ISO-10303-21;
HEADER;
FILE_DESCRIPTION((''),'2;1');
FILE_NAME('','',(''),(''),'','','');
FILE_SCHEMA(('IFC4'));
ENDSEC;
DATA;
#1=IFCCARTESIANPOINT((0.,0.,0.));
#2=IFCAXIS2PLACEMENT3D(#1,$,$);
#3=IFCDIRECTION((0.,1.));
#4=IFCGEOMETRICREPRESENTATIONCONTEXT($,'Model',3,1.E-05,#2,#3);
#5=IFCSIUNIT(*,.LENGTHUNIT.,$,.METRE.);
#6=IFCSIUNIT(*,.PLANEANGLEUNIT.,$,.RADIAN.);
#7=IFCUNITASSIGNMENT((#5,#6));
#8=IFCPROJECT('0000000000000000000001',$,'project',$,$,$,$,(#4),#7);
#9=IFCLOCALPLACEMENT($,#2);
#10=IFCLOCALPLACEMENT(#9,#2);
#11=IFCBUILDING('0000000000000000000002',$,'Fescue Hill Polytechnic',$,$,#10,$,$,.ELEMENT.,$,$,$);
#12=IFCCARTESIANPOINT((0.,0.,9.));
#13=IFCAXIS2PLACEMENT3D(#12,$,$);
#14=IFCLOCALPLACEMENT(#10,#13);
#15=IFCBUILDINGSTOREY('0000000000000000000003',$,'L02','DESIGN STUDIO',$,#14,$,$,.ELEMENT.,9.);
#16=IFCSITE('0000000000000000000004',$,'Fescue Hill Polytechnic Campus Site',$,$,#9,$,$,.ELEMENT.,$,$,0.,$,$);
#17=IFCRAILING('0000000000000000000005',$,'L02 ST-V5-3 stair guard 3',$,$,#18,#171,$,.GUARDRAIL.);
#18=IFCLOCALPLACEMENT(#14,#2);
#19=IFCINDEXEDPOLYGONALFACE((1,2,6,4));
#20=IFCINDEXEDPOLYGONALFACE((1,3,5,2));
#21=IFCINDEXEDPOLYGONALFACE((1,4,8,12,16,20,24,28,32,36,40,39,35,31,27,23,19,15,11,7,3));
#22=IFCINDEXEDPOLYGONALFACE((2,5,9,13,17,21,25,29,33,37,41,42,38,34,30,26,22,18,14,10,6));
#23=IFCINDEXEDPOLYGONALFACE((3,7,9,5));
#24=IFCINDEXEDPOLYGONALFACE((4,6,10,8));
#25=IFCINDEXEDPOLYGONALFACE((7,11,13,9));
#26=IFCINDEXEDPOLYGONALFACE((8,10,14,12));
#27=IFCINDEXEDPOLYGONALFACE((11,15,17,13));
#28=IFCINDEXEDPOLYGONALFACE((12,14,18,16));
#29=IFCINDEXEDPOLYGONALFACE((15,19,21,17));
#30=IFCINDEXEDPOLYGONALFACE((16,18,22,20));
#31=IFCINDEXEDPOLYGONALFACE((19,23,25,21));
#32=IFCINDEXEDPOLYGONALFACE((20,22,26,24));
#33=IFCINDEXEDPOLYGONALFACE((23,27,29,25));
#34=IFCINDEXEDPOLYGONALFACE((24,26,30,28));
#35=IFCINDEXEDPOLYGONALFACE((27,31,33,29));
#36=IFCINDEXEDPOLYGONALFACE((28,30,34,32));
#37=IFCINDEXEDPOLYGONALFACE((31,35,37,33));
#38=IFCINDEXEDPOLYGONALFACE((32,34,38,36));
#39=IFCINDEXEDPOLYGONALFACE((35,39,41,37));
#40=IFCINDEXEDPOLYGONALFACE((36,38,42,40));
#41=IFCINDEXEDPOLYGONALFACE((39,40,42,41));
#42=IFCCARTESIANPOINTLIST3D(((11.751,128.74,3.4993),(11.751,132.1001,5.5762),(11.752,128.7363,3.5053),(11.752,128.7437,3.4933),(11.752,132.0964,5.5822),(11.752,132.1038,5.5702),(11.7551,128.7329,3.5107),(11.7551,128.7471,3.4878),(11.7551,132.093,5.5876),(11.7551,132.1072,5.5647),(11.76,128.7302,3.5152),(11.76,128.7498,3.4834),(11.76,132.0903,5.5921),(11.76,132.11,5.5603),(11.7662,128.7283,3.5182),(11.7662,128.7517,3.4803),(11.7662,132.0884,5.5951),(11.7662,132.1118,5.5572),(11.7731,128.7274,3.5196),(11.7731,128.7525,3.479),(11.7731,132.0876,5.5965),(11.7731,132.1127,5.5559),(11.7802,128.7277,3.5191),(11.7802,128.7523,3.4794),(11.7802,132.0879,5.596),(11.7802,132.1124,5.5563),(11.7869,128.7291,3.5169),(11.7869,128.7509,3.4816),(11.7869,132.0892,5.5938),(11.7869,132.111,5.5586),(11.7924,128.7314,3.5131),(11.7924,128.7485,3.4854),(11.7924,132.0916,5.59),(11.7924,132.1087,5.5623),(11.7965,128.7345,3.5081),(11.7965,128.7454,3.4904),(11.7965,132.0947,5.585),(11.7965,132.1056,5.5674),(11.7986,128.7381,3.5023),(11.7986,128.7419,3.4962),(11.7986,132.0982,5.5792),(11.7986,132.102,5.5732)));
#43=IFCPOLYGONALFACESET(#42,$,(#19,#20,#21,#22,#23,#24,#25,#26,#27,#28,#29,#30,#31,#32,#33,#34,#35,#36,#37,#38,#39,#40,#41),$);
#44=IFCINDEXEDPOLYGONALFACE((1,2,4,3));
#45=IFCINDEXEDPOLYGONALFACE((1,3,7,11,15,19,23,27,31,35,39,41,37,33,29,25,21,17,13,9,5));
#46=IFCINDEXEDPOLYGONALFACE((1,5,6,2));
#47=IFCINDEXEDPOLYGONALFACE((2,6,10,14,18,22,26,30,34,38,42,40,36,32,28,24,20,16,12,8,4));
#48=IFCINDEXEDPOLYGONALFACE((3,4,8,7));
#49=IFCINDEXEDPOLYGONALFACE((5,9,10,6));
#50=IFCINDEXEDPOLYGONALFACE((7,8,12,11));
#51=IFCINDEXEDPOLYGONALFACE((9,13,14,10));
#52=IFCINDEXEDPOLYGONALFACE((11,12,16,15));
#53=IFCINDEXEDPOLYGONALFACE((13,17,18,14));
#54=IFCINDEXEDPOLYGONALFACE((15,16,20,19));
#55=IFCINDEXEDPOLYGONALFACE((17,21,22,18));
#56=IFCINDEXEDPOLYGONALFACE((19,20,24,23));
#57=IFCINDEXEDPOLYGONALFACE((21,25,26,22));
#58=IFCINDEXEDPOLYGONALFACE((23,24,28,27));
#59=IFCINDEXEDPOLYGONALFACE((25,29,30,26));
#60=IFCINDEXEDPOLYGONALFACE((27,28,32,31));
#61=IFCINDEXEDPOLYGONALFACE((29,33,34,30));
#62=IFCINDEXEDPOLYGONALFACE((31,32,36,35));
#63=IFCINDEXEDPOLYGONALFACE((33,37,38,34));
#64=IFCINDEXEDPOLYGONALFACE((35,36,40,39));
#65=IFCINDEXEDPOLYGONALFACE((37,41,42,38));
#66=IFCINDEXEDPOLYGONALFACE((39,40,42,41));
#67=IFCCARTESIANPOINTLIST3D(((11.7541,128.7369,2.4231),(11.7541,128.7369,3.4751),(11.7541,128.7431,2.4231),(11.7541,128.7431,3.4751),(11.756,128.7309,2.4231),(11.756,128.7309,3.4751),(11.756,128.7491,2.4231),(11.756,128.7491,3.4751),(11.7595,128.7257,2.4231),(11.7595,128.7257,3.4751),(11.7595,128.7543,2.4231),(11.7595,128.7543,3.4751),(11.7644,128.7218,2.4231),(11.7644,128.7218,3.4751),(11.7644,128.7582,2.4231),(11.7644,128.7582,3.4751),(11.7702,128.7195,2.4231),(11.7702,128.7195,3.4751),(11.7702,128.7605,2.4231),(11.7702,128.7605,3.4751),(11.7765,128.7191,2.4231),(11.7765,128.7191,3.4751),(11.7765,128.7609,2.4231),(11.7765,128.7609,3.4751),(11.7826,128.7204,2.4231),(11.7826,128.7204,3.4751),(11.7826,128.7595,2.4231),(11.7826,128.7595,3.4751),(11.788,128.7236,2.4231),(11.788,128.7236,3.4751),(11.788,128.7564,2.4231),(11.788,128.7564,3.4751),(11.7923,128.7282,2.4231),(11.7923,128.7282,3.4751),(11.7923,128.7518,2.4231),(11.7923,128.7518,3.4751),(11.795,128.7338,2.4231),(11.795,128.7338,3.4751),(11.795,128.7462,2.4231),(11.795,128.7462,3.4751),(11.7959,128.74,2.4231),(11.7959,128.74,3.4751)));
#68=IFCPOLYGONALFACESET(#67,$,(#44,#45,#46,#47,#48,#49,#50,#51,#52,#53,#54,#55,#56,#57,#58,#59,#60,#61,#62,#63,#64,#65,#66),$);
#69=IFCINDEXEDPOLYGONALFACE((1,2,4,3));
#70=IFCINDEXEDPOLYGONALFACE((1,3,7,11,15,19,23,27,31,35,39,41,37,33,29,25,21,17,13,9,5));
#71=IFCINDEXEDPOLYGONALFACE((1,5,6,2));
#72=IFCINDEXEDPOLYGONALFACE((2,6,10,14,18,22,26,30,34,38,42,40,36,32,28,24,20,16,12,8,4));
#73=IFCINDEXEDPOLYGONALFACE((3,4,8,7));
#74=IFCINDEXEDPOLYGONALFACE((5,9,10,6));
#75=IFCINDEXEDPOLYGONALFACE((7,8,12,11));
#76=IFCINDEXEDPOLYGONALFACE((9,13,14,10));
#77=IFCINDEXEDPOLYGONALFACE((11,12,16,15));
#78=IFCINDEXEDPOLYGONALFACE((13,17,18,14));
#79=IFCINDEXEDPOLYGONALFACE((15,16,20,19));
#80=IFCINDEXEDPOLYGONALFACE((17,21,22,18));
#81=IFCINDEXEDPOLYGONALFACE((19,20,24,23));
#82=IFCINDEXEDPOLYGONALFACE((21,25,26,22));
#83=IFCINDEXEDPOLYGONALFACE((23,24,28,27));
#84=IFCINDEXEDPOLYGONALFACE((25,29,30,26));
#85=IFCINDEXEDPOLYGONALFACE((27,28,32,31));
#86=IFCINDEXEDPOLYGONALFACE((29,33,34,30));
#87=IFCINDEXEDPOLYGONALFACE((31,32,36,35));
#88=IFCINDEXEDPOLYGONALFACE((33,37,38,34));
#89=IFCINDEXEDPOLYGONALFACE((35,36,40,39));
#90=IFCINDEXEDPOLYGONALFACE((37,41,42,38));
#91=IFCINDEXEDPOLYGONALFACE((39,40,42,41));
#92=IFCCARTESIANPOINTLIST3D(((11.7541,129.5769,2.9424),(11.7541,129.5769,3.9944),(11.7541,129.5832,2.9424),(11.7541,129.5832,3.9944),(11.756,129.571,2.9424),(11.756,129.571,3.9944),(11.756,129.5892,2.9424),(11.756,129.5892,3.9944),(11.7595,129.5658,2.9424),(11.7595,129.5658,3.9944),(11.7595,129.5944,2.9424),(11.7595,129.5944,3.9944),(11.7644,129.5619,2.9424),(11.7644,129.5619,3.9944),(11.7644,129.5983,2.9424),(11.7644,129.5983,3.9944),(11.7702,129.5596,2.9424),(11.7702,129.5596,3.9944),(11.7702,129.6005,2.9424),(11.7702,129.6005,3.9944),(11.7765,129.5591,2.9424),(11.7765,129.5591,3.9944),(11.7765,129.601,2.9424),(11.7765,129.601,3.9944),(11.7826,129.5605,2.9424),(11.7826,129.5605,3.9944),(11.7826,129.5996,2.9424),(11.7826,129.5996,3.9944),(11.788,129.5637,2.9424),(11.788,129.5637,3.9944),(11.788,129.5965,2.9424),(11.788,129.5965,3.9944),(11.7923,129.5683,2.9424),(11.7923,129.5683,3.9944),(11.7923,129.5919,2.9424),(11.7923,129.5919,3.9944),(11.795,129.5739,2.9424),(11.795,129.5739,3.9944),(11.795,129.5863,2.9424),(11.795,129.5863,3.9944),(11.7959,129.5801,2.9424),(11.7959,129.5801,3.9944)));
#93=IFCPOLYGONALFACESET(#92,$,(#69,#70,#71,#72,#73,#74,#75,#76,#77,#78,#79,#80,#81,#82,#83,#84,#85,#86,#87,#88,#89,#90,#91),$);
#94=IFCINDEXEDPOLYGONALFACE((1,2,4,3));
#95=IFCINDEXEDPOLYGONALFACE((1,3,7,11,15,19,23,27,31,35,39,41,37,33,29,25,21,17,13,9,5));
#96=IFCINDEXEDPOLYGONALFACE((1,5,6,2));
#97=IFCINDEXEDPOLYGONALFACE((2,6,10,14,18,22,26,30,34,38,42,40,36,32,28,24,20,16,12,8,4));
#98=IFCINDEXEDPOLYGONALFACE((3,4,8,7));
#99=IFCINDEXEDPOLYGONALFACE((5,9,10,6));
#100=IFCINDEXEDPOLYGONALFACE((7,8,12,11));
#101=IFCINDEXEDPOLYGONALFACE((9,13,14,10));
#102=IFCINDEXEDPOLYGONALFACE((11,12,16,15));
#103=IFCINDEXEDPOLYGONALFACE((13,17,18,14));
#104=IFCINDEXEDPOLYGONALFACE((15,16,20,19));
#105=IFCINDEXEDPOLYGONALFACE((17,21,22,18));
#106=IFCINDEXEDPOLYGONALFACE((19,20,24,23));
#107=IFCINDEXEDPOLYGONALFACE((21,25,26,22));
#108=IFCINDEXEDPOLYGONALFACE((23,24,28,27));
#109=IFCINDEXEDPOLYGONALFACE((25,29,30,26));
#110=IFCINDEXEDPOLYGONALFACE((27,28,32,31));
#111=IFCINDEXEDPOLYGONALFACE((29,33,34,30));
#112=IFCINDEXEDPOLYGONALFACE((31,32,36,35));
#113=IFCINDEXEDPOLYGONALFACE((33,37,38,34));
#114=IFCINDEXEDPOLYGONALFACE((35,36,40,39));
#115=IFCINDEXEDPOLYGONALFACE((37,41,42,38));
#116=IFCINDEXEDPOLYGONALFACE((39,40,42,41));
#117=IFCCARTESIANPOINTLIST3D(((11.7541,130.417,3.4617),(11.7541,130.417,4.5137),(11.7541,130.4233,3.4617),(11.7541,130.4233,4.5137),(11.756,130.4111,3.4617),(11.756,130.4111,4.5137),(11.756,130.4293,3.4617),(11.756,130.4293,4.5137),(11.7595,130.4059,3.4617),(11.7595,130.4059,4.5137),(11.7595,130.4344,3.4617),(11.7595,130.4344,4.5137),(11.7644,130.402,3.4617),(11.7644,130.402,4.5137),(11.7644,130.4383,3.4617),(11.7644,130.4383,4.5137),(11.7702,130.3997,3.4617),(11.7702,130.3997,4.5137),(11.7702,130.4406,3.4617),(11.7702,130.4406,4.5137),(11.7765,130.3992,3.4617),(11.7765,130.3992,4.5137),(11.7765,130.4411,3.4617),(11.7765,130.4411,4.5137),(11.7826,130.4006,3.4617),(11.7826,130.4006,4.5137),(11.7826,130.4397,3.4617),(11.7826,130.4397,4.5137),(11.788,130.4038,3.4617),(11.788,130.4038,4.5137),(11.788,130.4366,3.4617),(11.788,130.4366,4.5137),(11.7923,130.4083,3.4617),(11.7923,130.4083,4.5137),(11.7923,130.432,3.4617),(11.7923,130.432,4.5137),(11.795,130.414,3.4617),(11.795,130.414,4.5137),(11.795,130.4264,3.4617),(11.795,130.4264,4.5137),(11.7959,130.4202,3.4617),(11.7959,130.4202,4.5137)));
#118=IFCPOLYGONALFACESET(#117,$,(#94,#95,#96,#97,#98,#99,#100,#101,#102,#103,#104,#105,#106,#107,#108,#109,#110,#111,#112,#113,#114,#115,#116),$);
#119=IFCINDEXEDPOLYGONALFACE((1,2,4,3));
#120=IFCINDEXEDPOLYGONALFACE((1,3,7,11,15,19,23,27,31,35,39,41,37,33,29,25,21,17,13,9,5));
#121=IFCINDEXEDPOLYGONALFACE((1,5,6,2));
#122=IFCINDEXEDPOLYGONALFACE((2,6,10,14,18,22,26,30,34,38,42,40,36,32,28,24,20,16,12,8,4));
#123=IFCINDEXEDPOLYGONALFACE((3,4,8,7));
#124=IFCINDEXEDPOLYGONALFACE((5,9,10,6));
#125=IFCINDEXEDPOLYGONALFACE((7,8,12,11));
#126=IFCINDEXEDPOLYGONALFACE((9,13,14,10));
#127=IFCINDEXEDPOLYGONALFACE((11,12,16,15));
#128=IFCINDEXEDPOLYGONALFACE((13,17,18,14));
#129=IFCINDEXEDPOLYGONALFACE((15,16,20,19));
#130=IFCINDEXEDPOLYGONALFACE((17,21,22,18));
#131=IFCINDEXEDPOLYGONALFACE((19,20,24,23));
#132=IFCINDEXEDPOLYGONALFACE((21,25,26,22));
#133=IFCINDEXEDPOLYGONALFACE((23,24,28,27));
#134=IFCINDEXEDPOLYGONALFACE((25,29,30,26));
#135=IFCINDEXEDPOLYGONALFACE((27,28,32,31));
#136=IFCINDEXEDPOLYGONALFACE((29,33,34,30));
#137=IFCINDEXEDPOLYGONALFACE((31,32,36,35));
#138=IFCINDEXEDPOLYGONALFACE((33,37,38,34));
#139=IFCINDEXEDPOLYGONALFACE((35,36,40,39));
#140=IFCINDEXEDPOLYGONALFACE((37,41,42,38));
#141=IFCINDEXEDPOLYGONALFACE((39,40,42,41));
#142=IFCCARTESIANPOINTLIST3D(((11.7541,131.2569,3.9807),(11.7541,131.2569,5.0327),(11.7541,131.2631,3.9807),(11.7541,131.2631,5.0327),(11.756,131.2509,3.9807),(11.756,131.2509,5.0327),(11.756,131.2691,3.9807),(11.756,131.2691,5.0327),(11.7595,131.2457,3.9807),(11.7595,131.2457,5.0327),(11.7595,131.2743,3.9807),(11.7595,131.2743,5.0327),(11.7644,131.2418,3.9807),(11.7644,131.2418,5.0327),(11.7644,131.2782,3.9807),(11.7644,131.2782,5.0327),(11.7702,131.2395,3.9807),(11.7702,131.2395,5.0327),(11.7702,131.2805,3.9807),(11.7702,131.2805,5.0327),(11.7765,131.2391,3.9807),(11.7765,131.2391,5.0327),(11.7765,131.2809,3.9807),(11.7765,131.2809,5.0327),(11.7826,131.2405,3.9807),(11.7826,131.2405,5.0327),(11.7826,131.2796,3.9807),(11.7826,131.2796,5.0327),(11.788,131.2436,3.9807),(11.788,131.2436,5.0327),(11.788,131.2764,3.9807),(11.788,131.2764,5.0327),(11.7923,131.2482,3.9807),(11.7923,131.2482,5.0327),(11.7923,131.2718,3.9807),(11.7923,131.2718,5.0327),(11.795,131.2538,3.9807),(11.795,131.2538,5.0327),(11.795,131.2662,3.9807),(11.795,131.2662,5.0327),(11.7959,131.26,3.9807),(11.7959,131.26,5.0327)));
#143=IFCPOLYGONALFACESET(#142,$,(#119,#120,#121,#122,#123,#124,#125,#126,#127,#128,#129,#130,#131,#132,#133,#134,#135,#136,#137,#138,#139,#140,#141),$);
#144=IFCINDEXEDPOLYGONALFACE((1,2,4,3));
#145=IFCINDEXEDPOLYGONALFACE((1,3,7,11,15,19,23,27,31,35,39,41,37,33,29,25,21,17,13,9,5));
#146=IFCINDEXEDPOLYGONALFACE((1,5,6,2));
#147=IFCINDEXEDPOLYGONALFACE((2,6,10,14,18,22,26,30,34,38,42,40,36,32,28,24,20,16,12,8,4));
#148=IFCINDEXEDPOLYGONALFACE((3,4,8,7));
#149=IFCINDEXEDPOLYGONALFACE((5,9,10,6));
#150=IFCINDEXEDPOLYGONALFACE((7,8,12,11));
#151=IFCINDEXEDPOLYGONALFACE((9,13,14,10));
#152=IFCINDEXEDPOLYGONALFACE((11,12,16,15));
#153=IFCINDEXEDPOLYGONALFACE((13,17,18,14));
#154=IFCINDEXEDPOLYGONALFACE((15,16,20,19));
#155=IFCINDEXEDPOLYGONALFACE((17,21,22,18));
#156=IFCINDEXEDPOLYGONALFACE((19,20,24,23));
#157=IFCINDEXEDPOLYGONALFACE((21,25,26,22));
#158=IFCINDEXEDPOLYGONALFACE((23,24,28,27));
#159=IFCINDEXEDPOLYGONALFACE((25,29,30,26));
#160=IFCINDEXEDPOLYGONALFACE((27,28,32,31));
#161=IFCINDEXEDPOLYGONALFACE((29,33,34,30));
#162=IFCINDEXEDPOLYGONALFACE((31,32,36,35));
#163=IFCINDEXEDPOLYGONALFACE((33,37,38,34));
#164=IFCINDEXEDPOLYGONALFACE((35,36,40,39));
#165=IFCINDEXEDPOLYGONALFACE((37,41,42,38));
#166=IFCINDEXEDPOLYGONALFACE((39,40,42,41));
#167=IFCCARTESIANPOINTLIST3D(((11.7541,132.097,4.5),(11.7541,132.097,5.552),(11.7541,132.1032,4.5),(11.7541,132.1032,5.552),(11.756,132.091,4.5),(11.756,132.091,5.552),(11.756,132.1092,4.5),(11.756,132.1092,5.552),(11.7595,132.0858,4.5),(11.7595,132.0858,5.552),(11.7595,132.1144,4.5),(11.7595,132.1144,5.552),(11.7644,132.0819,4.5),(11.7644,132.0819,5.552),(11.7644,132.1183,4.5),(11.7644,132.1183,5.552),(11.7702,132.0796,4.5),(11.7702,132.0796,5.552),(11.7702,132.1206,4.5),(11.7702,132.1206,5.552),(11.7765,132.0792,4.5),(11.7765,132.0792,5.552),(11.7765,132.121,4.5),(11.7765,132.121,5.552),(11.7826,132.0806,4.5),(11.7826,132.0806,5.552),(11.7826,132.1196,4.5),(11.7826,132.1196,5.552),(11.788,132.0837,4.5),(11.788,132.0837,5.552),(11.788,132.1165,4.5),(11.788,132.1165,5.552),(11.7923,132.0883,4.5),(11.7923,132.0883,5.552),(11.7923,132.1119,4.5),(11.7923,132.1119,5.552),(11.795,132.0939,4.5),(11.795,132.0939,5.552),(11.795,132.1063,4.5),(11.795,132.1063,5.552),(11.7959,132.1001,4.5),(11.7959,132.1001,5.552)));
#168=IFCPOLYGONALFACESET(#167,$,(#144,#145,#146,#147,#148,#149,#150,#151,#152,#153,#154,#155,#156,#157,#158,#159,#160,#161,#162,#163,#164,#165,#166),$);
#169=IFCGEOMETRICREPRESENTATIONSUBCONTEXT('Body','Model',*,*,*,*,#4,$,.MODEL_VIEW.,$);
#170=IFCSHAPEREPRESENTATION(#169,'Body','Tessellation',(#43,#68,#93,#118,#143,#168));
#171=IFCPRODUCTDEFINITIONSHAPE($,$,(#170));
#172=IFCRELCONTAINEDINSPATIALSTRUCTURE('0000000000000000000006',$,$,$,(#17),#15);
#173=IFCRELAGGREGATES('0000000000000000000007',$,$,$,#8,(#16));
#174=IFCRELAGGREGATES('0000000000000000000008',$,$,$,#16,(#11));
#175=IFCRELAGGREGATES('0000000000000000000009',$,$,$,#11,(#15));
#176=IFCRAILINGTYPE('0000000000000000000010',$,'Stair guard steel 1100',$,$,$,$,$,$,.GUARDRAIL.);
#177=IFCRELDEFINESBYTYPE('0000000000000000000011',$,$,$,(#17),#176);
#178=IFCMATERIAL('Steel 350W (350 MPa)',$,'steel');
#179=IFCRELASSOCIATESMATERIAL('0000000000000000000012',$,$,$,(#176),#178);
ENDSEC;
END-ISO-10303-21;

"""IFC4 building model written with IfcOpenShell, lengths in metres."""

from ifc_helpers import new_model, si_unit, direction, frame, origin, origin_2d, place, context, subcontext, project, spatial, circle, extrude, material, type_object, element, save


model = new_model("IFC4")

# Units and contexts
model_context = context("Model", 3, precision=1e-05, world=origin(), true_north=direction((0.0, 1.0)))
body_context = subcontext(model_context, "Body", "Model", "MODEL_VIEW")
ifc_project = project(units=[si_unit("LENGTHUNIT", "METRE"), si_unit("PLANEANGLEUNIT", "RADIAN")], contexts=[model_context])

# Site, building, storey
site_placement = place(None, origin())
site = spatial("IfcSite", under=ifc_project, at=site_placement, Name="Fescue Hill Polytechnic Campus Site", CompositionType="ELEMENT", RefElevation=0.0)
building_placement = place(site_placement, origin())
building = spatial("IfcBuilding", under=site, at=building_placement, Name="Fescue Hill Polytechnic", CompositionType="ELEMENT")
storey_placement = place(building_placement, frame((0.0, 0.0, 9.0)))
storey = spatial("IfcBuildingStorey", under=building, at=storey_placement, Name="L02", Description="DESIGN STUDIO", CompositionType="ELEMENT", Elevation=9.0)

# Railing
ifc_material_1 = material(Name="Steel 350W (350 MPa)", Category="steel")
railing_type_1 = type_object("IfcRailingType", Name="Stair guard steel 1100", PredefinedType="GUARDRAIL", material=ifc_material_1)
railing_1_placement = place(storey_placement, frame((11.7749, 128.74, 2.4231)))
element("IfcRailing", 1, at=railing_1_placement, inside=storey, type_object=railing_type_1, Name="L02 ST-V5-3 stair guard 3", PredefinedType="GUARDRAIL", context=body_context, shape_type="SweptSolid", body=[
    extrude(circle(Radius=0.0239, at=origin_2d()), frame((0.0, 0.0, 1.0762), z_axis=(0.0, 0.850623, 0.525776), x_axis=(-1.0, 0.0, 0.0)), (0.0, 0.0, 1.0), 3.9502),
    extrude(circle(Radius=0.021, at=origin_2d()), origin(), (0.0, 0.0, 1.0), 1.052),
    extrude(circle(Radius=0.021, at=origin_2d()), frame((0.0, 0.8401, 0.5193)), (0.0, 0.0, 1.0), 1.052),
    extrude(circle(Radius=0.021, at=origin_2d()), frame((0.0, 1.6802, 1.0386)), (0.0, 0.0, 1.0), 1.052),
    extrude(circle(Radius=0.021, at=origin_2d()), frame((0.0, 2.52, 1.5576)), (0.0, 0.0, 1.0), 1.052),
    extrude(circle(Radius=0.021, at=origin_2d()), frame((0.0, 3.3601, 2.0769)), (0.0, 0.0, 1.0), 1.052),
])

save(model, "model.ifc")
